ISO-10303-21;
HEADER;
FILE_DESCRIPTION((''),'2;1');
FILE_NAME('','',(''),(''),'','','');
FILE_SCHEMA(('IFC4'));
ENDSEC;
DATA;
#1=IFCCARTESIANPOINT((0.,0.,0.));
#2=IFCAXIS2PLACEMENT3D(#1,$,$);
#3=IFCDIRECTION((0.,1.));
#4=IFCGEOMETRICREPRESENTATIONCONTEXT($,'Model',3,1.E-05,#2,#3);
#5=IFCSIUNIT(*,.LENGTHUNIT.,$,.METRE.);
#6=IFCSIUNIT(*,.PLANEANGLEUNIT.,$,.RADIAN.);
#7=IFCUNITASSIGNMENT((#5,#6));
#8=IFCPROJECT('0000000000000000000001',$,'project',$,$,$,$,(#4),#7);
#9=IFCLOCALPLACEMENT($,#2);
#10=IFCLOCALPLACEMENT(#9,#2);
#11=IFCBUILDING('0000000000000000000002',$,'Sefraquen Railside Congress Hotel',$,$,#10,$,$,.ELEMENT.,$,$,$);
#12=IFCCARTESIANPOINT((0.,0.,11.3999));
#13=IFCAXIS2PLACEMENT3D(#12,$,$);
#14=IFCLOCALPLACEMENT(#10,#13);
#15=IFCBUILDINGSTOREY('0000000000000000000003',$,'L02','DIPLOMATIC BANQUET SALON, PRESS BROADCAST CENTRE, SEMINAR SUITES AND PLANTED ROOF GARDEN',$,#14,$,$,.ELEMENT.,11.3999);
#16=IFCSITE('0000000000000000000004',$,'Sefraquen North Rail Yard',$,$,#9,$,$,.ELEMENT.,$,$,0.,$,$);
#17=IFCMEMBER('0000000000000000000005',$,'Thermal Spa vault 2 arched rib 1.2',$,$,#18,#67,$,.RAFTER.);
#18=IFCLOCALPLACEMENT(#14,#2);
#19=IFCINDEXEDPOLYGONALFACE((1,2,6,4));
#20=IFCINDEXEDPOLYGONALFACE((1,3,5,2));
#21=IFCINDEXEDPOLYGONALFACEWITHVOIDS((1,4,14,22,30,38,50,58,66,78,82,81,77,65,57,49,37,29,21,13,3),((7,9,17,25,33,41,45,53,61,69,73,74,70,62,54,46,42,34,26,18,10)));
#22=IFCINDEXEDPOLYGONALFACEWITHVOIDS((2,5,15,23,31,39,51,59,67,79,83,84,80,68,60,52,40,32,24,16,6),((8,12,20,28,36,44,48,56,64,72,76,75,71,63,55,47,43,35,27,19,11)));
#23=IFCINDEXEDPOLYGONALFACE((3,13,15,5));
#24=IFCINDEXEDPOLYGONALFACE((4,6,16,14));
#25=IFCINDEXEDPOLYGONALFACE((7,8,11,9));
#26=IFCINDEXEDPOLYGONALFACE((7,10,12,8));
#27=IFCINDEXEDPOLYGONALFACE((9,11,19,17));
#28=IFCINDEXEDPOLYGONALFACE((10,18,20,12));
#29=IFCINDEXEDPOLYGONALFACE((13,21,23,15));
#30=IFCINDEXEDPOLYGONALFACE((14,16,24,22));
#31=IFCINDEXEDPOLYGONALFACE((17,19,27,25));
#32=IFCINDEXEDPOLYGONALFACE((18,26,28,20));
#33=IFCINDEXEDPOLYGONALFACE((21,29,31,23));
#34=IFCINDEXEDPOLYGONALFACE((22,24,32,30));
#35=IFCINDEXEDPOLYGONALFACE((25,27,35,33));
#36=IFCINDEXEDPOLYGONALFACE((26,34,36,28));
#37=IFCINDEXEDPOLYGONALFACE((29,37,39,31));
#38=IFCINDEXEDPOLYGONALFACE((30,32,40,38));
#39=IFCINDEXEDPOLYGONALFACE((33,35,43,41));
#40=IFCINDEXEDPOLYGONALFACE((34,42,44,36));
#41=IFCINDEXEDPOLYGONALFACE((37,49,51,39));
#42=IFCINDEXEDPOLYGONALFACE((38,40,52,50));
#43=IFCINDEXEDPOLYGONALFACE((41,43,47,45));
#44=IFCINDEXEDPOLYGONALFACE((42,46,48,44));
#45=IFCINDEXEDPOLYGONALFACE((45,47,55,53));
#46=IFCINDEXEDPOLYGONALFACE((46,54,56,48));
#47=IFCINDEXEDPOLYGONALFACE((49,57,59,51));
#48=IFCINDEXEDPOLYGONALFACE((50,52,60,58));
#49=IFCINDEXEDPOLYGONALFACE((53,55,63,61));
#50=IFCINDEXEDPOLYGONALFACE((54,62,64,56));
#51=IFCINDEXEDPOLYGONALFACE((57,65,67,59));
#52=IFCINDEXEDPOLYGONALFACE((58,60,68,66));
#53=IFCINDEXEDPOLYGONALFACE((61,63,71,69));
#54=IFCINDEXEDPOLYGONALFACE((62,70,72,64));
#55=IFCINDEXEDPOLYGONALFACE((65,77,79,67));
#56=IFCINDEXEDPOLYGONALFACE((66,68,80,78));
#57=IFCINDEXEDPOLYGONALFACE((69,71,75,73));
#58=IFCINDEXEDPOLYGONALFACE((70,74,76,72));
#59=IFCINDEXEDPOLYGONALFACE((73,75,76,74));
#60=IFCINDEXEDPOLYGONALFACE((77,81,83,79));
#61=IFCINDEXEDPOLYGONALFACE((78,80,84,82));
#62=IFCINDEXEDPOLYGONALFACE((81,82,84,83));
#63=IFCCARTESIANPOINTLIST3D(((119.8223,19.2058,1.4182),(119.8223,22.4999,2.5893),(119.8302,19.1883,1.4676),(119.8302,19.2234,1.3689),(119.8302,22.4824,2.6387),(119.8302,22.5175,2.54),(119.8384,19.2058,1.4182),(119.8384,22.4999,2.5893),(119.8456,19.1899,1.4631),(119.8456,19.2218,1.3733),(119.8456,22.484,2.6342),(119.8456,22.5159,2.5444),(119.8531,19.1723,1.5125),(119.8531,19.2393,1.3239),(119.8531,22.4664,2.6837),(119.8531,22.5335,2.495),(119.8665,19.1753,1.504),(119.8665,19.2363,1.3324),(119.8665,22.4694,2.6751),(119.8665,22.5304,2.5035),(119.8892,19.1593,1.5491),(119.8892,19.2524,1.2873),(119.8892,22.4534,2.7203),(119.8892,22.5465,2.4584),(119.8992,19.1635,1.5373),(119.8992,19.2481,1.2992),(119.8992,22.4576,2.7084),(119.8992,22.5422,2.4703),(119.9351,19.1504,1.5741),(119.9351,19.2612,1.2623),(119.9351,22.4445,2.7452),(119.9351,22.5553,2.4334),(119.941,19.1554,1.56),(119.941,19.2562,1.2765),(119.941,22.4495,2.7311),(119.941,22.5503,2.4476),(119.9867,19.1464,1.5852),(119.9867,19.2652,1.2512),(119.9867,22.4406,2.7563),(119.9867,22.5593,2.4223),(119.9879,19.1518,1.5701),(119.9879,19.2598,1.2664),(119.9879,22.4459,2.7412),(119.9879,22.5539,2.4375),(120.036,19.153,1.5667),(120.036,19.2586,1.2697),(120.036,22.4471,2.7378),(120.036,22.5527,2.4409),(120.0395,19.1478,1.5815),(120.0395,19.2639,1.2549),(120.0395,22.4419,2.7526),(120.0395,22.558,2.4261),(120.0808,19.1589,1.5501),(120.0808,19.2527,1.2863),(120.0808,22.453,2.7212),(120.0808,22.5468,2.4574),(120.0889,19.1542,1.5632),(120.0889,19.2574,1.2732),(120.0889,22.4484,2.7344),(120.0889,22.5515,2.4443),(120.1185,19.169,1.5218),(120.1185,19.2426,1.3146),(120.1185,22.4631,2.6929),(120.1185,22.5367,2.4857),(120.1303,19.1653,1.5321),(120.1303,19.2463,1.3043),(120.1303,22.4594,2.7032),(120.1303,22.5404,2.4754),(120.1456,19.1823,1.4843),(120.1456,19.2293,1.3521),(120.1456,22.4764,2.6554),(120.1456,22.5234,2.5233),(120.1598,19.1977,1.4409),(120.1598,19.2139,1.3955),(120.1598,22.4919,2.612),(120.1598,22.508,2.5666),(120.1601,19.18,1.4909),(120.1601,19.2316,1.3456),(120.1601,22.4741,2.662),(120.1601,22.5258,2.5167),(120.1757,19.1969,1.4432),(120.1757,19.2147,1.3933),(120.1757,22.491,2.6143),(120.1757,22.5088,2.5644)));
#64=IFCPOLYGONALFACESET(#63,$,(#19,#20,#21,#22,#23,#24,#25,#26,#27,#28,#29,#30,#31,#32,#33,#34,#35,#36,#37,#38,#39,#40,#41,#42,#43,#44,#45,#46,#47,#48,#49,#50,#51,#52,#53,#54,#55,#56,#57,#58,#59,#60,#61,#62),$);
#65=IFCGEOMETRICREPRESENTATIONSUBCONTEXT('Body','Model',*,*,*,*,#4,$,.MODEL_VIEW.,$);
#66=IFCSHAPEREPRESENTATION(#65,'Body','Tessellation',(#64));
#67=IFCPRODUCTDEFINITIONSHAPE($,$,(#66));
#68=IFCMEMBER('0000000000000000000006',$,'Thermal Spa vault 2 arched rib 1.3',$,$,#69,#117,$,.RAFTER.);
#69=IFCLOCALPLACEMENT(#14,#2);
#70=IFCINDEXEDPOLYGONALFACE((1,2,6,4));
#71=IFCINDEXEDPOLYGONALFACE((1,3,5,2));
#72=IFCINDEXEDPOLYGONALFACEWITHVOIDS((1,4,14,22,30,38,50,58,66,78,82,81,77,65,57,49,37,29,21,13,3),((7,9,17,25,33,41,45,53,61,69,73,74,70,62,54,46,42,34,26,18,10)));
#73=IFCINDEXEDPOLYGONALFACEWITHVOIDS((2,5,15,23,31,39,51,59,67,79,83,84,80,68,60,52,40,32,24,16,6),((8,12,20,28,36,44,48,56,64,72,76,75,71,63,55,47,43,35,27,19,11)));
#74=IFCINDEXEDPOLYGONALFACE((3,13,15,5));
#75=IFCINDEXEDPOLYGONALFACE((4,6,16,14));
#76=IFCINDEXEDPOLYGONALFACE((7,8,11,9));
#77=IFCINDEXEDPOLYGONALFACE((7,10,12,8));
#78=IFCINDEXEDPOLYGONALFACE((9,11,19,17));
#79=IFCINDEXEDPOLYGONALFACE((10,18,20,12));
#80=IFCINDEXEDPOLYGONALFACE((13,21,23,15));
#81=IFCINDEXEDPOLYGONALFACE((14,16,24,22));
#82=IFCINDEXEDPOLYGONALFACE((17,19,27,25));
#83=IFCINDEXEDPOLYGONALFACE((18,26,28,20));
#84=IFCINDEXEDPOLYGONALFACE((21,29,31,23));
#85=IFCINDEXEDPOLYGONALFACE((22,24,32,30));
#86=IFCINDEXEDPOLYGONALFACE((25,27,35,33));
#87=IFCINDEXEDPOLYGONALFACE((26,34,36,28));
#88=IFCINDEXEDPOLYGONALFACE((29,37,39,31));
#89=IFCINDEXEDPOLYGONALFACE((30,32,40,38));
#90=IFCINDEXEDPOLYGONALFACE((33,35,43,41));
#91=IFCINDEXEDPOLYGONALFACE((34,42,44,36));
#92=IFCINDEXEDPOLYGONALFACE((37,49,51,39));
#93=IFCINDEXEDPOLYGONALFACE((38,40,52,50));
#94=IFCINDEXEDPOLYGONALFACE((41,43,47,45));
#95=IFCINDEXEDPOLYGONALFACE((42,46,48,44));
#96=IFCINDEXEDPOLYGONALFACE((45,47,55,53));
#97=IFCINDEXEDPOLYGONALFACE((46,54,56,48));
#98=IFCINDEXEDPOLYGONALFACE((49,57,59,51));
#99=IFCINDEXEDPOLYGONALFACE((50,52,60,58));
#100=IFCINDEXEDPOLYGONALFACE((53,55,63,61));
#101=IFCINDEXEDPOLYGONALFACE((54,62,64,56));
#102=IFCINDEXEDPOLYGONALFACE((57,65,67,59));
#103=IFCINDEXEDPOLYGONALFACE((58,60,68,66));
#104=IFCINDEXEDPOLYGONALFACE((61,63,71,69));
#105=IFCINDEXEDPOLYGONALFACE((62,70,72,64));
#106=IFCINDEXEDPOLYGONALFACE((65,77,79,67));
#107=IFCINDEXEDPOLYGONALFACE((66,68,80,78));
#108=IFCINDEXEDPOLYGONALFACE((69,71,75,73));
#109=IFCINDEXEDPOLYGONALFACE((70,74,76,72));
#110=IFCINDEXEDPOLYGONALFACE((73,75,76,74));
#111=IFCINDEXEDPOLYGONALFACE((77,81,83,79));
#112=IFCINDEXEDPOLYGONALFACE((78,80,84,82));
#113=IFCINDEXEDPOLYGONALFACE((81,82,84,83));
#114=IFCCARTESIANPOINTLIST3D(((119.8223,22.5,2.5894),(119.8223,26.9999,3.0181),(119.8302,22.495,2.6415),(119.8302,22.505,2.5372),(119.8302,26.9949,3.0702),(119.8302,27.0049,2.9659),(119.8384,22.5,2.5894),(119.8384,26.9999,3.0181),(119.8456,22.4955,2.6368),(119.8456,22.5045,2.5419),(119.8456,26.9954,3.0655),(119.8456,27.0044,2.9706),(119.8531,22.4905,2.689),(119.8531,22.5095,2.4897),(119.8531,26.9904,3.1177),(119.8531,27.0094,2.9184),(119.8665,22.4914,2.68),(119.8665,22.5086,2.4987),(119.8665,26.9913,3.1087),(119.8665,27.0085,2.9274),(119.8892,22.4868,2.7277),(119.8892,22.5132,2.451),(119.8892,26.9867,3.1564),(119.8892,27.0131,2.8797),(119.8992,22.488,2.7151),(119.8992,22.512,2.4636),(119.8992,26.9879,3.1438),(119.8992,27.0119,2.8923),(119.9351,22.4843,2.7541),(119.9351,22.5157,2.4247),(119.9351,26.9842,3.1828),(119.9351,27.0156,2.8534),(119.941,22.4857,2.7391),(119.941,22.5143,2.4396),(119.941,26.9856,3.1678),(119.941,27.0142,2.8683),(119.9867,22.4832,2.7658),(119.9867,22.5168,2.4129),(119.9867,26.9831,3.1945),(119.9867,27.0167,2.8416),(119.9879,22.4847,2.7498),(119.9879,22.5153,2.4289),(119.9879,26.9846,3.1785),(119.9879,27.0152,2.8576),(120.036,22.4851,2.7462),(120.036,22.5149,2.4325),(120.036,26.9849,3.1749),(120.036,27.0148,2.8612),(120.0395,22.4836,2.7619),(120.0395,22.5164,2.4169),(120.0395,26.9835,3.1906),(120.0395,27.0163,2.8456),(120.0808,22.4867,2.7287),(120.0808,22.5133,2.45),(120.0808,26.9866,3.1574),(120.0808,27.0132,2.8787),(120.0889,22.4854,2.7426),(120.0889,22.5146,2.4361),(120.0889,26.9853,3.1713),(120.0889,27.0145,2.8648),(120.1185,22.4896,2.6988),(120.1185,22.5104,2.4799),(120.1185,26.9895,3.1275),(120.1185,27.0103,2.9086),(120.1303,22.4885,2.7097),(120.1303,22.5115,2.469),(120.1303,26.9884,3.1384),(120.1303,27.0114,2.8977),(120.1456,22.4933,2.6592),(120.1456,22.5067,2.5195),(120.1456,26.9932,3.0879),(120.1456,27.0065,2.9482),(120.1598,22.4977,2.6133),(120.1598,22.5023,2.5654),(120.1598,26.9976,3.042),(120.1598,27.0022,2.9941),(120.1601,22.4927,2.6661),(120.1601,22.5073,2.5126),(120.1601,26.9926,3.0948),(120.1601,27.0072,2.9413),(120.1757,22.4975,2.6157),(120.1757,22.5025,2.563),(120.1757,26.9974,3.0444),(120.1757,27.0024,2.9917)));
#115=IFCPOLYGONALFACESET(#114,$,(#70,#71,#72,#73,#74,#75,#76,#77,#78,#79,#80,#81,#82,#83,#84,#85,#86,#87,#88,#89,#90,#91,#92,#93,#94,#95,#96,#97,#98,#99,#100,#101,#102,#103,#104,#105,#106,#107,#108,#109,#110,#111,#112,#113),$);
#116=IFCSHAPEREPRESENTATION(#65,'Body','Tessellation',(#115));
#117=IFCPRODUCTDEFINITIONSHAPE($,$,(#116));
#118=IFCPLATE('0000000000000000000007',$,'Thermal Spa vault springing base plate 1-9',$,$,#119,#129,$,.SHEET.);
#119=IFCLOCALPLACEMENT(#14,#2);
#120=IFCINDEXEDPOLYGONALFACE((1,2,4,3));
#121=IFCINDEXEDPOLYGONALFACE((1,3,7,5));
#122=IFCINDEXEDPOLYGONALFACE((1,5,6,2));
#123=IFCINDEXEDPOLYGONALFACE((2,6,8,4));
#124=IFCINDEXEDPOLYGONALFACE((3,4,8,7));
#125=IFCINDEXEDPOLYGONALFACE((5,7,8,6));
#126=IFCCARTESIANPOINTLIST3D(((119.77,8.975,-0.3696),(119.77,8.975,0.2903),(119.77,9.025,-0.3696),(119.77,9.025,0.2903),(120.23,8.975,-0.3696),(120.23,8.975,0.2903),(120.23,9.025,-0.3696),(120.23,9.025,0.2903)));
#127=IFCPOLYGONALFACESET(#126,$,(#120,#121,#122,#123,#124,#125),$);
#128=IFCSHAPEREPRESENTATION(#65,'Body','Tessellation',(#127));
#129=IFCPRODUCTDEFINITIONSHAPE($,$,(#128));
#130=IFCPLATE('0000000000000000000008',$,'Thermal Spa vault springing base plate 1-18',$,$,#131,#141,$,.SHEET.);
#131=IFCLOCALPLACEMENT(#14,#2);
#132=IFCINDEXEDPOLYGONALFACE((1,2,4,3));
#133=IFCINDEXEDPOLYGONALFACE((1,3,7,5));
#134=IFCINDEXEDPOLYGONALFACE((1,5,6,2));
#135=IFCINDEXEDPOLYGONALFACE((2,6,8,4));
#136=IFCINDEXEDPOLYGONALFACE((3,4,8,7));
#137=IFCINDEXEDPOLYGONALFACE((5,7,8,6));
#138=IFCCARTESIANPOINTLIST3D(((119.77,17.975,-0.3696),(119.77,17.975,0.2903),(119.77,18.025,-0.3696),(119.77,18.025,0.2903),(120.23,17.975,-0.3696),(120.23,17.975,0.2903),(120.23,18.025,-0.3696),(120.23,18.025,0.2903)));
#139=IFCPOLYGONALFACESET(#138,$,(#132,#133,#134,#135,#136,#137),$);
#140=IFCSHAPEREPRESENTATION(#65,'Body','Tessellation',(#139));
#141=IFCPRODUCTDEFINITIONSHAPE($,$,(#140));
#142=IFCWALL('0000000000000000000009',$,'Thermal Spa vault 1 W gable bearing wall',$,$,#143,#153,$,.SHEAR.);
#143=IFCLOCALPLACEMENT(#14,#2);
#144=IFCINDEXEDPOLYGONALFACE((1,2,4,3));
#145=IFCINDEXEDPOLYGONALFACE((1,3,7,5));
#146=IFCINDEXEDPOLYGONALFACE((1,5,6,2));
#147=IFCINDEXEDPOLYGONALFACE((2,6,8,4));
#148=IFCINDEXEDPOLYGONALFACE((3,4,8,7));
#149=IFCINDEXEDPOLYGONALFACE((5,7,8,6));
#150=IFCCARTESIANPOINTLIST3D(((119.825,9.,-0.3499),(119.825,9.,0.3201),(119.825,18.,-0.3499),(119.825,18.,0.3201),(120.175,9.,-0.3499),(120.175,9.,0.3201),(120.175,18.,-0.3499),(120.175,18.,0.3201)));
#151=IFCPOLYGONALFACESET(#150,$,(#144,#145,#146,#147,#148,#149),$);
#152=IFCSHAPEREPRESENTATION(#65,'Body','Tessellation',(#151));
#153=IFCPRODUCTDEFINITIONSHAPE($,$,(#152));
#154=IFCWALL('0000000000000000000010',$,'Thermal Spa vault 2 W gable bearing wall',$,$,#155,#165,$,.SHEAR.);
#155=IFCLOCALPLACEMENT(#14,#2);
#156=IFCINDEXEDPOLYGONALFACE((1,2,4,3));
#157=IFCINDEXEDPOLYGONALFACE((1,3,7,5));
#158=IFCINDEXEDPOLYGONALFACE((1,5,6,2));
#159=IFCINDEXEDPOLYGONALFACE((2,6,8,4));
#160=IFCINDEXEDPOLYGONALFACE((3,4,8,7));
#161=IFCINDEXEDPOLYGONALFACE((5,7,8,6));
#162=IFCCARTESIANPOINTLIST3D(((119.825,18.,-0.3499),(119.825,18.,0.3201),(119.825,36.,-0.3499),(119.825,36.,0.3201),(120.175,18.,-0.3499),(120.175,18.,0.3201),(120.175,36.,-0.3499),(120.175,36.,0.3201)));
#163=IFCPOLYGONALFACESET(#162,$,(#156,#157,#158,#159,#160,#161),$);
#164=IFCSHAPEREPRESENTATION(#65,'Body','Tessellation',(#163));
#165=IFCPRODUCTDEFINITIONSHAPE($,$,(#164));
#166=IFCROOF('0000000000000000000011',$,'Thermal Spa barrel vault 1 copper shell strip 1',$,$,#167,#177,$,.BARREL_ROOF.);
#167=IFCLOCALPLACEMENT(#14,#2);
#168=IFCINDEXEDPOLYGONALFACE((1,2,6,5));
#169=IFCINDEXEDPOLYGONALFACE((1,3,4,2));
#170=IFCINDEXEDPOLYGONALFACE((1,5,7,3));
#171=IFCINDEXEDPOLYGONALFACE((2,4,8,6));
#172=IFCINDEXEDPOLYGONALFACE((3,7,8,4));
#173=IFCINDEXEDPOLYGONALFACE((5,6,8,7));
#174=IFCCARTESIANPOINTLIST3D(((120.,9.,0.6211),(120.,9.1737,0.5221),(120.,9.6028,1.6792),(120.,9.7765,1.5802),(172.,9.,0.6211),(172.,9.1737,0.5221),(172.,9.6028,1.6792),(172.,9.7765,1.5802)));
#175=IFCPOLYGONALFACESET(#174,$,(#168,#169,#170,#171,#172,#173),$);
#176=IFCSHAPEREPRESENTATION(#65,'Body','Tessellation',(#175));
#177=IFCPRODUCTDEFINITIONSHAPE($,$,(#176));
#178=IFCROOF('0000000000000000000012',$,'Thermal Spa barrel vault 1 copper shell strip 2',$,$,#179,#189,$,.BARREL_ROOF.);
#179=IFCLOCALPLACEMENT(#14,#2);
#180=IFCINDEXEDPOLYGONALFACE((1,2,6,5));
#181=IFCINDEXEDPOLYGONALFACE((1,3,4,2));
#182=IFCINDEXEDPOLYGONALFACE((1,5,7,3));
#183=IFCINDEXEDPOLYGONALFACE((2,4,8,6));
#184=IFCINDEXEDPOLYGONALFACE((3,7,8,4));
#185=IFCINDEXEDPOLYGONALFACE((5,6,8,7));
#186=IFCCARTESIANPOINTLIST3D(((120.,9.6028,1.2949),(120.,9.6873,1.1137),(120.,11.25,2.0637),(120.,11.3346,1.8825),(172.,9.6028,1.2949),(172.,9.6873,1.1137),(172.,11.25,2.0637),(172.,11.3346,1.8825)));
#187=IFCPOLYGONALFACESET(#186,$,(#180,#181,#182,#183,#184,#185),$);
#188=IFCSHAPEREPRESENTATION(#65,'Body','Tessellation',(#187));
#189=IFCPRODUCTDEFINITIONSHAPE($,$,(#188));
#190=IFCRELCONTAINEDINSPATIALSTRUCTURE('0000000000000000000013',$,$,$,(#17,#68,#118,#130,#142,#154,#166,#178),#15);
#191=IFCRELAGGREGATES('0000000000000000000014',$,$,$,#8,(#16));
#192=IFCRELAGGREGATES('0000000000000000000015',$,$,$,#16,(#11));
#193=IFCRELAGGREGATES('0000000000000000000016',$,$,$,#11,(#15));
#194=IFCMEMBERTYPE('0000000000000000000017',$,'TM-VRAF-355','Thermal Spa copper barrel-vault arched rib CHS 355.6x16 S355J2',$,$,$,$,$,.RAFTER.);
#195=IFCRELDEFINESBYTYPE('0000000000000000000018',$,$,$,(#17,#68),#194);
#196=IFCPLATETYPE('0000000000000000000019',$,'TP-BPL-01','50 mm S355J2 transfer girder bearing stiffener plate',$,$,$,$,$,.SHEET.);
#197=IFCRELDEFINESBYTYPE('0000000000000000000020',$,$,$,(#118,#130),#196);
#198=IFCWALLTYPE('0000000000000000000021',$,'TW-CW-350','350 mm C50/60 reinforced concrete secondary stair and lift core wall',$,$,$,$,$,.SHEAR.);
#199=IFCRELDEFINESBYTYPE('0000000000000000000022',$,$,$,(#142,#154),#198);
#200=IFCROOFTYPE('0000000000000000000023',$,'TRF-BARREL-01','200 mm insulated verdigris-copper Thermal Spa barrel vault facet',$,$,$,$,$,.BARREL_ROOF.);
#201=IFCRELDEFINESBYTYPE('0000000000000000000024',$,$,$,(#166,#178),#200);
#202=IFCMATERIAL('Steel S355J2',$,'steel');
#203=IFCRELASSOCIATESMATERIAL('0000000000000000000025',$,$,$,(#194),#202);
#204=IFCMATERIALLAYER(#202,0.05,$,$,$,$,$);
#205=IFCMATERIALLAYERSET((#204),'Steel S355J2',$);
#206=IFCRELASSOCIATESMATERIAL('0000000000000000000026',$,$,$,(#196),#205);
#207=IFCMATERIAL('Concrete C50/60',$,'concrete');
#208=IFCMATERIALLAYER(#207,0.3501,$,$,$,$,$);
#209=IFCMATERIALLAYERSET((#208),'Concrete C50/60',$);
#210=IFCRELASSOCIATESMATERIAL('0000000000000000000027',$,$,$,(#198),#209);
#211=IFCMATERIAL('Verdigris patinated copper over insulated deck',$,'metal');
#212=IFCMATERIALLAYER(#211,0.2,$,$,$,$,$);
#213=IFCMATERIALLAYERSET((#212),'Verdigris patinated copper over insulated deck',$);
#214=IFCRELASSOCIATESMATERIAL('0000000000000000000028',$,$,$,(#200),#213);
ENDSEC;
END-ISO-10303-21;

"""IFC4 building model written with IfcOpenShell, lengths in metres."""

from ifc_helpers import new_model, si_unit, direction, frame, frame_2d, origin, origin_2d, place, context, subcontext, project, spatial, polyline, rectangle, hollow_circle, outline, extrude, material, layer, layer_set, material_profile, profile_set, type_object, element, save


model = new_model("IFC4")

# Units and contexts
model_context = context("Model", 3, precision=1e-05, world=origin(), true_north=direction((0.0, 1.0)))
body_context = subcontext(model_context, "Body", "Model", "MODEL_VIEW")
ifc_project = project(units=[si_unit("LENGTHUNIT", "METRE"), si_unit("PLANEANGLEUNIT", "RADIAN")], contexts=[model_context])

# Site, building, storey
site_placement = place(None, origin())
site = spatial("IfcSite", under=ifc_project, at=site_placement, Name="Sefraquen North Rail Yard", CompositionType="ELEMENT", RefElevation=0.0)
building_placement = place(site_placement, origin())
building = spatial("IfcBuilding", under=site, at=building_placement, Name="Sefraquen Railside Congress Hotel", CompositionType="ELEMENT")
storey_placement = place(building_placement, frame((0.0, 0.0, 11.3999)))
storey = spatial("IfcBuildingStorey", under=building, at=storey_placement, Name="L02", Description="DIPLOMATIC BANQUET SALON, PRESS BROADCAST CENTRE, SEMINAR SUITES AND PLANTED ROOF GARDEN", CompositionType="ELEMENT", Elevation=11.3999)

# Members
ifc_material_1 = material(Name="Steel S355J2", Category="steel")
ifc_material_profile_1 = material_profile(ifc_material_1, hollow_circle(Radius=0.1777, WallThickness=0.0161, at=origin_2d()), Name="CHS 355.6x16")
ifc_profile_set_1 = profile_set([ifc_material_profile_1], Name="Steel S355J2")
member_type = type_object("IfcMemberType", Name="TM-VRAF-355", Description="Thermal Spa copper barrel-vault arched rib CHS 355.6x16 S355J2", PredefinedType="RAFTER", material=ifc_profile_set_1)
member_1_placement = place(storey_placement, frame((120.0, 19.2058, 1.4182), z_axis=(0.0, 0.942226, 0.334978), x_axis=(-1.0, 0.0, 0.0)))
element("IfcMember", 1, at=member_1_placement, inside=storey, type_object=member_type, Name="Thermal Spa vault 2 arched rib 1.2", PredefinedType="RAFTER", context=body_context, shape_type="SweptSolid", body=[
    extrude(hollow_circle(Radius=0.1777, WallThickness=0.0161, at=origin_2d()), origin(), (0.0, 0.0, 1.0), 3.4961),
])
member_2_placement = place(storey_placement, frame((120.0, 22.5, 2.5894), z_axis=(0.0, 0.995493, 0.09484), x_axis=(-1.0, 0.0, 0.0)))
element("IfcMember", 2, at=member_2_placement, inside=storey, type_object=member_type, Name="Thermal Spa vault 2 arched rib 1.3", PredefinedType="RAFTER", context=body_context, shape_type="SweptSolid", body=[
    extrude(hollow_circle(Radius=0.1777, WallThickness=0.0161, at=origin_2d()), origin(), (0.0, 0.0, 1.0), 4.5203),
])

# Plates
ifc_layer_1 = layer(ifc_material_1, 0.05)
ifc_layer_set_1 = layer_set([ifc_layer_1], Name="Steel S355J2")
plate_type = type_object("IfcPlateType", Name="TP-BPL-01", Description="50 mm S355J2 transfer girder bearing stiffener plate", PredefinedType="SHEET", material=ifc_layer_set_1)
for number, where, z_axis, x_axis, name in (
    (3, (120.0, 9.0, -0.3696), (0.0, 0.0, 1.0), (1.0, 0.0, 0.0), "Thermal Spa vault springing base plate 1-9"),
    (4, (120.0, 18.0, -0.3696), (0.0, 0.0, 1.0), (1.0, 0.0, 0.0), "Thermal Spa vault springing base plate 1-18"),
):
    element("IfcPlate", number, at=place(storey_placement, frame(where, z_axis=z_axis, x_axis=x_axis)), inside=storey, type_object=plate_type, Name=name, PredefinedType="SHEET", context=body_context, shape_type="SweptSolid", body=[
        extrude(rectangle(XDim=0.46, YDim=0.05, at=origin_2d()), origin(), (0.0, 0.0, 1.0), 0.6599),
    ])

# Walls
ifc_material_2 = material(Name="Concrete C50/60", Category="concrete")
ifc_layer_2 = layer(ifc_material_2, 0.3501)
ifc_layer_set_2 = layer_set([ifc_layer_2], Name="Concrete C50/60")
wall_type = type_object("IfcWallType", Name="TW-CW-350", Description="350 mm C50/60 reinforced concrete secondary stair and lift core wall", PredefinedType="SHEAR", material=ifc_layer_set_2)
wall_1_placement = place(storey_placement, frame((120.0, 9.0, -0.3499), z_axis=(0.0, 0.0, 1.0), x_axis=(0.0, 1.0, 0.0)))
element("IfcWall", 5, at=wall_1_placement, inside=storey, type_object=wall_type, Name="Thermal Spa vault 1 W gable bearing wall", PredefinedType="SHEAR", context=body_context, shape_type="SweptSolid", body=[
    extrude(rectangle(XDim=9.0, YDim=0.3501, at=frame_2d((4.5, 0.0))), origin(), (0.0, 0.0, 1.0), 0.6699),
])
wall_2_placement = place(storey_placement, frame((120.0, 18.0, -0.3499), z_axis=(0.0, 0.0, 1.0), x_axis=(0.0, 1.0, 0.0)))
element("IfcWall", 6, at=wall_2_placement, inside=storey, type_object=wall_type, Name="Thermal Spa vault 2 W gable bearing wall", PredefinedType="SHEAR", context=body_context, shape_type="SweptSolid", body=[
    extrude(rectangle(XDim=18.0, YDim=0.3501, at=frame_2d((9.0, 0.0))), origin(), (0.0, 0.0, 1.0), 0.6699),
])

# Roofs
ifc_material_3 = material(Name="Verdigris patinated copper over insulated deck", Category="metal")
ifc_layer_3 = layer(ifc_material_3, 0.2)
ifc_layer_set_3 = layer_set([ifc_layer_3], Name="Verdigris patinated copper over insulated deck")
roof_type = type_object("IfcRoofType", Name="TRF-BARREL-01", Description="200 mm insulated verdigris-copper Thermal Spa barrel vault facet", PredefinedType="BARREL_ROOF", material=ifc_layer_set_3)
roof_1_placement = place(storey_placement, frame((120.0, 9.0, 0.6211), z_axis=(0.0, -0.868896, 0.494994), x_axis=(1.0, 0.0, 0.0)))
element("IfcRoof", 7, at=roof_1_placement, inside=storey, type_object=roof_type, Name="Thermal Spa barrel vault 1 copper shell strip 1", PredefinedType="BARREL_ROOF", context=body_context, shape_type="SweptSolid", body=[
    extrude(outline(polyline([(0.0, 0.0), (52.0, 0.0), (52.0, 1.2178), (0.0, 1.2178), (0.0, 0.0)])), origin(), (0.0, 0.0, -1.0), 0.2),
])
roof_2_placement = place(storey_placement, frame((120.0, 9.6028, 1.2949), z_axis=(0.0, -0.42293, 0.906163), x_axis=(1.0, 0.0, 0.0)))
element("IfcRoof", 8, at=roof_2_placement, inside=storey, type_object=roof_type, Name="Thermal Spa barrel vault 1 copper shell strip 2", PredefinedType="BARREL_ROOF", context=body_context, shape_type="SweptSolid", body=[
    extrude(outline(polyline([(0.0, 0.0), (52.0, 0.0), (52.0, 1.8178), (0.0, 1.8178), (0.0, 0.0)])), origin(), (0.0, 0.0, -1.0), 0.2),
])

save(model, "model.ifc")
